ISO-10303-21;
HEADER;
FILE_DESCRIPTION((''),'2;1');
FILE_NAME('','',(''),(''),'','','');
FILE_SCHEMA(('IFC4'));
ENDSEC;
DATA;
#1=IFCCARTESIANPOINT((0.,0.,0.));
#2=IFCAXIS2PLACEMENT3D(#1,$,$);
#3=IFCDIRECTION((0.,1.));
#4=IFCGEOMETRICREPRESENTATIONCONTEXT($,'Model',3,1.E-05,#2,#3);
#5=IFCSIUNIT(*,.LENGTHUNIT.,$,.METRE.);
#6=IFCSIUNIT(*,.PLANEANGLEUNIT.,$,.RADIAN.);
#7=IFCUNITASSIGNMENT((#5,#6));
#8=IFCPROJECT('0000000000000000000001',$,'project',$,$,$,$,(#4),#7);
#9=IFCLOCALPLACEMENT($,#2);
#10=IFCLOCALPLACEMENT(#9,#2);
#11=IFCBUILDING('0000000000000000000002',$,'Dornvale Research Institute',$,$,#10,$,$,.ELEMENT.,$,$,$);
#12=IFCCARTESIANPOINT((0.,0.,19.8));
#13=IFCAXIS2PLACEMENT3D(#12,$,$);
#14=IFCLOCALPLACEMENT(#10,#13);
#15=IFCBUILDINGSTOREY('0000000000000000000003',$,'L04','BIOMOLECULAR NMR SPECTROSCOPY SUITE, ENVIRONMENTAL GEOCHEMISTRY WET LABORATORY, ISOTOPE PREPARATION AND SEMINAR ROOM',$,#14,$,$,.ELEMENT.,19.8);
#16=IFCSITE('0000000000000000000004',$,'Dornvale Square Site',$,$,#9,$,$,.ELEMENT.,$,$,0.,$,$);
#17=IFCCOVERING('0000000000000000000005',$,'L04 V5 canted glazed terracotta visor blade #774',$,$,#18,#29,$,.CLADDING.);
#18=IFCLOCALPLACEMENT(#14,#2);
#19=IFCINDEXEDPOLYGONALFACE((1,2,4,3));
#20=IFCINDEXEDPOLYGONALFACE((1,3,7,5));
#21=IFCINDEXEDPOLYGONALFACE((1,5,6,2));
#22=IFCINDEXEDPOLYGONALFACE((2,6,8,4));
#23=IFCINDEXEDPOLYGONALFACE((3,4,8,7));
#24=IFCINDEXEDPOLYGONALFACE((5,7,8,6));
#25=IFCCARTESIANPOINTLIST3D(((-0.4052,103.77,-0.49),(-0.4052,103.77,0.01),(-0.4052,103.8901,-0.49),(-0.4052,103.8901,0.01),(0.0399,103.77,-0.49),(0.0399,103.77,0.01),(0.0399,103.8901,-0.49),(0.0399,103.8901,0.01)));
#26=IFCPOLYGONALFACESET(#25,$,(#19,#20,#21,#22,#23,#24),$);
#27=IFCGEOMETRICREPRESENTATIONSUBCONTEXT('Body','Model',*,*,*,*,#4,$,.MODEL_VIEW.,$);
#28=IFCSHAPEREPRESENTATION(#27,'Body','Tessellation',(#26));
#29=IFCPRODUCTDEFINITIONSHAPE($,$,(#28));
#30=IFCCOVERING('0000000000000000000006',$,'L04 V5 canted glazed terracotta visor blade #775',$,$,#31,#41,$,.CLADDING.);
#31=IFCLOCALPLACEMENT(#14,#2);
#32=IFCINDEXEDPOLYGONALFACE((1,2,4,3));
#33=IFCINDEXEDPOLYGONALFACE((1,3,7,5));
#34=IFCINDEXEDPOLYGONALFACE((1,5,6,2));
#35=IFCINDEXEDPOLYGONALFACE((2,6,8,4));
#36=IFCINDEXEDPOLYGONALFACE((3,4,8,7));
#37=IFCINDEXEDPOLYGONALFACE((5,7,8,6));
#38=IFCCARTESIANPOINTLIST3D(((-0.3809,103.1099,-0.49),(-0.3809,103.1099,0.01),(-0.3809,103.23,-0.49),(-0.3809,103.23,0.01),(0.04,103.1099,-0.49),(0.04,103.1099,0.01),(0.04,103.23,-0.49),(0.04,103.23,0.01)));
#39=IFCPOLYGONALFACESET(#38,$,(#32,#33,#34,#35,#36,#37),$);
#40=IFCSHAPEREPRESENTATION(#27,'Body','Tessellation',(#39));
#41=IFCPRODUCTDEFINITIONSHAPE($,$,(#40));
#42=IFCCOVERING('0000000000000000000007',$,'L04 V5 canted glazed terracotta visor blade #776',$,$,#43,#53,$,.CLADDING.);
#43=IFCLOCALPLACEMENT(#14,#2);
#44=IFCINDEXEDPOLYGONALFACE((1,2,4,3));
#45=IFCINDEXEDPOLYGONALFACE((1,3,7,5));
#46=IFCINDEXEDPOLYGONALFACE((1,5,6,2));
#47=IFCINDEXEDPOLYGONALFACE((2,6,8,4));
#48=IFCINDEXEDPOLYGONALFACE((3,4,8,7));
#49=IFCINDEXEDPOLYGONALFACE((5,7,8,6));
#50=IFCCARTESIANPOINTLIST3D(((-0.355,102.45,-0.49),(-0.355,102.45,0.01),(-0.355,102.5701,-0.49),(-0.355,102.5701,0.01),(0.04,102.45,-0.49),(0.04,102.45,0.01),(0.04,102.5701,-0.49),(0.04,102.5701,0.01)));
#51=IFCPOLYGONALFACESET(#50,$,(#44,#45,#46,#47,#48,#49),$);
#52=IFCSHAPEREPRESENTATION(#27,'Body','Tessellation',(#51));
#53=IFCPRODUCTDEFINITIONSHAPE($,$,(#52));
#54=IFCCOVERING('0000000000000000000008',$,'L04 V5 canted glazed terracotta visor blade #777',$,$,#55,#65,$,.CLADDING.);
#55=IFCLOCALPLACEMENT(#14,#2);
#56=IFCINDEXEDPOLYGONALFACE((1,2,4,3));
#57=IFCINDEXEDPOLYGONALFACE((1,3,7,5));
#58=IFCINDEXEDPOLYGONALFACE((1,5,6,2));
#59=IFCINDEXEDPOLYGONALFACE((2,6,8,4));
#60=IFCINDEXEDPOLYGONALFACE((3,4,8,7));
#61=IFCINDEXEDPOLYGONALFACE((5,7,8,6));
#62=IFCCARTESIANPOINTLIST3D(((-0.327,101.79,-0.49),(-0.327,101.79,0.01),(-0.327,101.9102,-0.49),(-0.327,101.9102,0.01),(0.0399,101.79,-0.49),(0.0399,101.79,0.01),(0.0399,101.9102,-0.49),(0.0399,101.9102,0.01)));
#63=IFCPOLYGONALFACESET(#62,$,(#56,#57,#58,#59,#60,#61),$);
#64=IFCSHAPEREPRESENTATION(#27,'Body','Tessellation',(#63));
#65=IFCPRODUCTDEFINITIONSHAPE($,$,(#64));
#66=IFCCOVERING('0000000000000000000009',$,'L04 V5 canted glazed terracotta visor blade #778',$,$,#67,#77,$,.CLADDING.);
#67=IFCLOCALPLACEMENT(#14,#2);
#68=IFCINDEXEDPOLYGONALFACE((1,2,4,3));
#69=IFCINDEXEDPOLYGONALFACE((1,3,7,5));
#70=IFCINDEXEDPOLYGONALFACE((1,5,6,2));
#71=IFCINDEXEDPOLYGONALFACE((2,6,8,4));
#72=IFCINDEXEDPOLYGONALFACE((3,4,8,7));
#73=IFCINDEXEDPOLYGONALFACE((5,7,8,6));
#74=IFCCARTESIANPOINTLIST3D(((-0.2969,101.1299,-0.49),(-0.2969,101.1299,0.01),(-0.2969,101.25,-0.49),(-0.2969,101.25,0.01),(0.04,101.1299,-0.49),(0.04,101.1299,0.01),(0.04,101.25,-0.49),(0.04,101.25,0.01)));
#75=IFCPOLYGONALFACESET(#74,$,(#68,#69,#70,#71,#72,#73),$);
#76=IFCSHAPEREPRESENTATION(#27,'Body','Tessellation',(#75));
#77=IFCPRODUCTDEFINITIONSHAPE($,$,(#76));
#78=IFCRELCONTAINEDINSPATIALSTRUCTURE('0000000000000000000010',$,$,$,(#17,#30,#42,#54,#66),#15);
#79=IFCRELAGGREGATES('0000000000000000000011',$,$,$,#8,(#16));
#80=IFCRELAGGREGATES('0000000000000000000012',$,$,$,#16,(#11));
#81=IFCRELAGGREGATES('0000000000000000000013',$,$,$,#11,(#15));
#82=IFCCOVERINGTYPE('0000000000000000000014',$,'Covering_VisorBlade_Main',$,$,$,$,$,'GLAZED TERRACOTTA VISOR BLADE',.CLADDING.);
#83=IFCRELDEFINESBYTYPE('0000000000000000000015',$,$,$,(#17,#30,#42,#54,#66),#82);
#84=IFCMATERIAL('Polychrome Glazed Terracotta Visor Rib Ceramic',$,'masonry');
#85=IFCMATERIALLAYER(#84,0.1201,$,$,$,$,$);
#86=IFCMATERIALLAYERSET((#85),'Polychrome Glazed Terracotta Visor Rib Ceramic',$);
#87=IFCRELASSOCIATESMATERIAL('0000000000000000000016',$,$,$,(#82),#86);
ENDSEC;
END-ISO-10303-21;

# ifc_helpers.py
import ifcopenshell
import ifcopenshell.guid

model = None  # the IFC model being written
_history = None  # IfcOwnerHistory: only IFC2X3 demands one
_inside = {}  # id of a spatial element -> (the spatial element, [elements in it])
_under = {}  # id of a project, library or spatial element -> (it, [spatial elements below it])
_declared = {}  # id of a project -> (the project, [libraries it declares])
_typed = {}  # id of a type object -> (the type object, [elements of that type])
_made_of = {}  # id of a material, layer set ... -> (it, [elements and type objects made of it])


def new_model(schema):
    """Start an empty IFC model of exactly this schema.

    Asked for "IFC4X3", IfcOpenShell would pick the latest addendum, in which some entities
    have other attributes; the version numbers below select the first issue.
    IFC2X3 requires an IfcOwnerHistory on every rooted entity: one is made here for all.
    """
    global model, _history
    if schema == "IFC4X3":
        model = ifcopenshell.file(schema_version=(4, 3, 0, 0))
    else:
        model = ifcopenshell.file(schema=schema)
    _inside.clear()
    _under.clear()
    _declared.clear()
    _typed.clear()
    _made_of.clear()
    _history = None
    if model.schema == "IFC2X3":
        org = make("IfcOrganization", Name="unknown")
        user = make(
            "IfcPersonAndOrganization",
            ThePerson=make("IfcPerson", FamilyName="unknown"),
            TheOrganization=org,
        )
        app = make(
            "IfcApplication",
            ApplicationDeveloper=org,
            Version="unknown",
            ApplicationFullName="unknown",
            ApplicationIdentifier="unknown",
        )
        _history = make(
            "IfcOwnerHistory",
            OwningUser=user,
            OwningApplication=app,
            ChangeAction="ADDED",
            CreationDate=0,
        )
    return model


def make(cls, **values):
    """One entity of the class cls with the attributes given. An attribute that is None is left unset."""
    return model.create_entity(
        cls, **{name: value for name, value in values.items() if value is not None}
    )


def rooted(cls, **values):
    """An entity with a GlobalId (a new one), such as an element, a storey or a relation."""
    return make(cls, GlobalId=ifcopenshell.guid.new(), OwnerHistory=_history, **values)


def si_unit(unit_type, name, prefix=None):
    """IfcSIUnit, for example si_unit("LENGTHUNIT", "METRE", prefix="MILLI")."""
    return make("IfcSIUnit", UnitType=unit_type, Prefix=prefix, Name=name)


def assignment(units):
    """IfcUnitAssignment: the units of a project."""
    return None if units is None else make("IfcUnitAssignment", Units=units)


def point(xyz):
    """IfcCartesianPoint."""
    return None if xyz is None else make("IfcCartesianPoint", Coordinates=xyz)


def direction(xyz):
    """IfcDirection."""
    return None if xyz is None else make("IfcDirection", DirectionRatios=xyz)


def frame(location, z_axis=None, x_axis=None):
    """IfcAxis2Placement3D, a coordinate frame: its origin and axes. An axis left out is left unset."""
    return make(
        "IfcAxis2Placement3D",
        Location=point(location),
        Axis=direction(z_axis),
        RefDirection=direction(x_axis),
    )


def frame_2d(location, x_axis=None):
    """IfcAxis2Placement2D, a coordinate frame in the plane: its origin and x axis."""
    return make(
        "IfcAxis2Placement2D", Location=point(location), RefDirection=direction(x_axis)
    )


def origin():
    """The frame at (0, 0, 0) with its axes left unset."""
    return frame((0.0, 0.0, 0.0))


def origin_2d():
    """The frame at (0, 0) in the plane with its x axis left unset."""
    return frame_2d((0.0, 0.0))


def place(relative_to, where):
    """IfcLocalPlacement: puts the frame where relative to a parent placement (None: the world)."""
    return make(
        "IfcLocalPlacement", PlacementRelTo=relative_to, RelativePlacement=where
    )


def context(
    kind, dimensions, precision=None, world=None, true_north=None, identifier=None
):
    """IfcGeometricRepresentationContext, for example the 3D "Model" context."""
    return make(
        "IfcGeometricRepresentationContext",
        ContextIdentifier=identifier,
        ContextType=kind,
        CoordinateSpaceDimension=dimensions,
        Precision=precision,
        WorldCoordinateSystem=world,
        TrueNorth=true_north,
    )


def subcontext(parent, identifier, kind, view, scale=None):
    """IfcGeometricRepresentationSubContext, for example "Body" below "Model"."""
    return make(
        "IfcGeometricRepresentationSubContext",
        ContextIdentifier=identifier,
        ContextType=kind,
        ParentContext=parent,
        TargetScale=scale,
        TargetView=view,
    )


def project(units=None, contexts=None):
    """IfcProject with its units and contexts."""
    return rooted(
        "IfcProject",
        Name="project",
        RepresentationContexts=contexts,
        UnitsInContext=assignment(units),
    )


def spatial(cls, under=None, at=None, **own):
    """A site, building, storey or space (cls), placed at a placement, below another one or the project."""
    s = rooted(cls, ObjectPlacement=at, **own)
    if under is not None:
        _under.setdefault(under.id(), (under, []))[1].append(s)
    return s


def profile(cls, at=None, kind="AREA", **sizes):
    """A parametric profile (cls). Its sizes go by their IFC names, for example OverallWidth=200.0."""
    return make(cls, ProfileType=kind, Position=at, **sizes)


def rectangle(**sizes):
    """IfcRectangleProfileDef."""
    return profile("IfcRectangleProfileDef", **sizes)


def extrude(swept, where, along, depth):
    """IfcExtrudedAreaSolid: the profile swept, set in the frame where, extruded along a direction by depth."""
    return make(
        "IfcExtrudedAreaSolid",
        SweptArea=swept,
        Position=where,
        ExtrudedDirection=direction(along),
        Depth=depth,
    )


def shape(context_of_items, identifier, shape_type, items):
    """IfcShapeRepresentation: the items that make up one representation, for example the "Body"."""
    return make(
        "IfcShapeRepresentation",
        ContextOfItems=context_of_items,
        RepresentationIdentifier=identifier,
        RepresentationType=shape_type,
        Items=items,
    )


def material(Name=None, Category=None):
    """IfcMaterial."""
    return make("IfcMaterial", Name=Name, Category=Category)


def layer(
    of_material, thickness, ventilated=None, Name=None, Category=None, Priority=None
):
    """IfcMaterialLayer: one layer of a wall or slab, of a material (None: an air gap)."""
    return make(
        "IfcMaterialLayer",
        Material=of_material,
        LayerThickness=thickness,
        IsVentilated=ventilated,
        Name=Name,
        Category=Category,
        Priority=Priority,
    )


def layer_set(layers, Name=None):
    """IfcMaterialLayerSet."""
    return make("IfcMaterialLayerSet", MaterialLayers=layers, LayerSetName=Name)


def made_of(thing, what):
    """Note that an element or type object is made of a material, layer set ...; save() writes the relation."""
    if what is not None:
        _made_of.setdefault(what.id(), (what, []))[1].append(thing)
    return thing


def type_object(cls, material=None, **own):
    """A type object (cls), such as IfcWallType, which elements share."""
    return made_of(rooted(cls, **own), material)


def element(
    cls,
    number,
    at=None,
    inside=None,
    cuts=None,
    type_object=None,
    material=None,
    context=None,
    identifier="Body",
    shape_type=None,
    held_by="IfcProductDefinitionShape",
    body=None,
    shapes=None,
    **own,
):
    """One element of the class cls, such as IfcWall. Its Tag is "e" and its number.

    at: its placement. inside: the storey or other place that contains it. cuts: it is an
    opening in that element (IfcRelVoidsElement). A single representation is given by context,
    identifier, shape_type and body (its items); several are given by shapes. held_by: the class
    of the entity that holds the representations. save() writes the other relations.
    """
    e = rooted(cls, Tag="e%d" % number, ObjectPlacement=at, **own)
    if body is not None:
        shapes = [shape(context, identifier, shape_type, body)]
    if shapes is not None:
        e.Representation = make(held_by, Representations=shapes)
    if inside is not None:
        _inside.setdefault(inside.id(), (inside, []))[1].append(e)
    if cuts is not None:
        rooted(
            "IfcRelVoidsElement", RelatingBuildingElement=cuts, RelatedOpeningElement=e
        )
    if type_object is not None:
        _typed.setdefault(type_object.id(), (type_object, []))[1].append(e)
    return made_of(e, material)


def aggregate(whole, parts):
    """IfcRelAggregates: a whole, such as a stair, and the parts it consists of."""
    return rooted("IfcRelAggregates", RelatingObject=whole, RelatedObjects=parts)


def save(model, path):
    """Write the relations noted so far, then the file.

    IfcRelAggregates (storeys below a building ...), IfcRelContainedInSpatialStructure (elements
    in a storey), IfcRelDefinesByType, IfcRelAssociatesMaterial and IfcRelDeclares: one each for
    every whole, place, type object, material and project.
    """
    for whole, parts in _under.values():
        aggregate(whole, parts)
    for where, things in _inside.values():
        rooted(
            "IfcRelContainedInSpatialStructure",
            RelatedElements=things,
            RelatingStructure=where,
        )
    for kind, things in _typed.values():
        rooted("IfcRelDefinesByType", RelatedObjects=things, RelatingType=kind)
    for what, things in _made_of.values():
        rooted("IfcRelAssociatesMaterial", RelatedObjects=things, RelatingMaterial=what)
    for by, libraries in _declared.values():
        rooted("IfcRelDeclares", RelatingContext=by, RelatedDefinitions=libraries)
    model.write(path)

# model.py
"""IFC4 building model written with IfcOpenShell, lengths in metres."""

from ifc_helpers import new_model, si_unit, direction, frame, origin, origin_2d, place, context, subcontext, project, spatial, rectangle, extrude, material, layer, layer_set, type_object, element, save


model = new_model("IFC4")

# Units and contexts
model_context = context("Model", 3, precision=1e-05, world=origin(), true_north=direction((0.0, 1.0)))
body_context = subcontext(model_context, "Body", "Model", "MODEL_VIEW")
ifc_project = project(units=[si_unit("LENGTHUNIT", "METRE"), si_unit("PLANEANGLEUNIT", "RADIAN")], contexts=[model_context])

# Site, building, storey
site_placement = place(None, origin())
site = spatial("IfcSite", under=ifc_project, at=site_placement, Name="Dornvale Square Site", CompositionType="ELEMENT", RefElevation=0.0)
building_placement = place(site_placement, origin())
building = spatial("IfcBuilding", under=site, at=building_placement, Name="Dornvale Research Institute", CompositionType="ELEMENT")
storey_placement = place(building_placement, frame((0.0, 0.0, 19.8)))
storey = spatial("IfcBuildingStorey", under=building, at=storey_placement, Name="L04", Description="BIOMOLECULAR NMR SPECTROSCOPY SUITE, ENVIRONMENTAL GEOCHEMISTRY WET LABORATORY, ISOTOPE PREPARATION AND SEMINAR ROOM", CompositionType="ELEMENT", Elevation=19.8)

# Coverings
ifc_material_1 = material(Name="Polychrome Glazed Terracotta Visor Rib Ceramic", Category="masonry")
ifc_layer_1 = layer(ifc_material_1, 0.1201)
ifc_layer_set_1 = layer_set([ifc_layer_1], Name="Polychrome Glazed Terracotta Visor Rib Ceramic")
covering_type = type_object("IfcCoveringType", Name="Covering_VisorBlade_Main", ElementType="GLAZED TERRACOTTA VISOR BLADE", PredefinedType="CLADDING", material=ifc_layer_set_1)
covering_1_placement = place(storey_placement, frame((-0.1826, 103.8301, -0.49), z_axis=(0.0, 0.0, 1.0), x_axis=(1.0, 0.0, 0.0)))
element("IfcCovering", 1, at=covering_1_placement, inside=storey, type_object=covering_type, Name="L04 V5 canted glazed terracotta visor blade #774", PredefinedType="CLADDING", context=body_context, shape_type="SweptSolid", body=[
    extrude(rectangle(XDim=0.4451, YDim=0.1201, at=origin_2d()), origin(), (0.0, 0.0, 1.0), 0.5),
])
covering_2_placement = place(storey_placement, frame((-0.1704, 103.1699, -0.49), z_axis=(0.0, 0.0, 1.0), x_axis=(1.0, 0.0, 0.0)))
element("IfcCovering", 2, at=covering_2_placement, inside=storey, type_object=covering_type, Name="L04 V5 canted glazed terracotta visor blade #775", PredefinedType="CLADDING", context=body_context, shape_type="SweptSolid", body=[
    extrude(rectangle(XDim=0.4209, YDim=0.1201, at=origin_2d()), origin(), (0.0, 0.0, 1.0), 0.5),
])
covering_3_placement = place(storey_placement, frame((-0.1575, 102.51, -0.49), z_axis=(0.0, 0.0, 1.0), x_axis=(1.0, 0.0, 0.0)))
element("IfcCovering", 3, at=covering_3_placement, inside=storey, type_object=covering_type, Name="L04 V5 canted glazed terracotta visor blade #776", PredefinedType="CLADDING", context=body_context, shape_type="SweptSolid", body=[
    extrude(rectangle(XDim=0.395, YDim=0.1201, at=origin_2d()), origin(), (0.0, 0.0, 1.0), 0.5),
])
covering_4_placement = place(storey_placement, frame((-0.1436, 101.8501, -0.49), z_axis=(0.0, 0.0, 1.0), x_axis=(1.0, 0.0, 0.0)))
element("IfcCovering", 4, at=covering_4_placement, inside=storey, type_object=covering_type, Name="L04 V5 canted glazed terracotta visor blade #777", PredefinedType="CLADDING", context=body_context, shape_type="SweptSolid", body=[
    extrude(rectangle(XDim=0.3669, YDim=0.1201, at=origin_2d()), origin(), (0.0, 0.0, 1.0), 0.5),
])
covering_5_placement = place(storey_placement, frame((-0.1284, 101.1899, -0.49), z_axis=(0.0, 0.0, 1.0), x_axis=(1.0, 0.0, 0.0)))
element("IfcCovering", 5, at=covering_5_placement, inside=storey, type_object=covering_type, Name="L04 V5 canted glazed terracotta visor blade #778", PredefinedType="CLADDING", context=body_context, shape_type="SweptSolid", body=[
    extrude(rectangle(XDim=0.3369, YDim=0.1201, at=origin_2d()), origin(), (0.0, 0.0, 1.0), 0.5),
])

save(model, "model.ifc")
